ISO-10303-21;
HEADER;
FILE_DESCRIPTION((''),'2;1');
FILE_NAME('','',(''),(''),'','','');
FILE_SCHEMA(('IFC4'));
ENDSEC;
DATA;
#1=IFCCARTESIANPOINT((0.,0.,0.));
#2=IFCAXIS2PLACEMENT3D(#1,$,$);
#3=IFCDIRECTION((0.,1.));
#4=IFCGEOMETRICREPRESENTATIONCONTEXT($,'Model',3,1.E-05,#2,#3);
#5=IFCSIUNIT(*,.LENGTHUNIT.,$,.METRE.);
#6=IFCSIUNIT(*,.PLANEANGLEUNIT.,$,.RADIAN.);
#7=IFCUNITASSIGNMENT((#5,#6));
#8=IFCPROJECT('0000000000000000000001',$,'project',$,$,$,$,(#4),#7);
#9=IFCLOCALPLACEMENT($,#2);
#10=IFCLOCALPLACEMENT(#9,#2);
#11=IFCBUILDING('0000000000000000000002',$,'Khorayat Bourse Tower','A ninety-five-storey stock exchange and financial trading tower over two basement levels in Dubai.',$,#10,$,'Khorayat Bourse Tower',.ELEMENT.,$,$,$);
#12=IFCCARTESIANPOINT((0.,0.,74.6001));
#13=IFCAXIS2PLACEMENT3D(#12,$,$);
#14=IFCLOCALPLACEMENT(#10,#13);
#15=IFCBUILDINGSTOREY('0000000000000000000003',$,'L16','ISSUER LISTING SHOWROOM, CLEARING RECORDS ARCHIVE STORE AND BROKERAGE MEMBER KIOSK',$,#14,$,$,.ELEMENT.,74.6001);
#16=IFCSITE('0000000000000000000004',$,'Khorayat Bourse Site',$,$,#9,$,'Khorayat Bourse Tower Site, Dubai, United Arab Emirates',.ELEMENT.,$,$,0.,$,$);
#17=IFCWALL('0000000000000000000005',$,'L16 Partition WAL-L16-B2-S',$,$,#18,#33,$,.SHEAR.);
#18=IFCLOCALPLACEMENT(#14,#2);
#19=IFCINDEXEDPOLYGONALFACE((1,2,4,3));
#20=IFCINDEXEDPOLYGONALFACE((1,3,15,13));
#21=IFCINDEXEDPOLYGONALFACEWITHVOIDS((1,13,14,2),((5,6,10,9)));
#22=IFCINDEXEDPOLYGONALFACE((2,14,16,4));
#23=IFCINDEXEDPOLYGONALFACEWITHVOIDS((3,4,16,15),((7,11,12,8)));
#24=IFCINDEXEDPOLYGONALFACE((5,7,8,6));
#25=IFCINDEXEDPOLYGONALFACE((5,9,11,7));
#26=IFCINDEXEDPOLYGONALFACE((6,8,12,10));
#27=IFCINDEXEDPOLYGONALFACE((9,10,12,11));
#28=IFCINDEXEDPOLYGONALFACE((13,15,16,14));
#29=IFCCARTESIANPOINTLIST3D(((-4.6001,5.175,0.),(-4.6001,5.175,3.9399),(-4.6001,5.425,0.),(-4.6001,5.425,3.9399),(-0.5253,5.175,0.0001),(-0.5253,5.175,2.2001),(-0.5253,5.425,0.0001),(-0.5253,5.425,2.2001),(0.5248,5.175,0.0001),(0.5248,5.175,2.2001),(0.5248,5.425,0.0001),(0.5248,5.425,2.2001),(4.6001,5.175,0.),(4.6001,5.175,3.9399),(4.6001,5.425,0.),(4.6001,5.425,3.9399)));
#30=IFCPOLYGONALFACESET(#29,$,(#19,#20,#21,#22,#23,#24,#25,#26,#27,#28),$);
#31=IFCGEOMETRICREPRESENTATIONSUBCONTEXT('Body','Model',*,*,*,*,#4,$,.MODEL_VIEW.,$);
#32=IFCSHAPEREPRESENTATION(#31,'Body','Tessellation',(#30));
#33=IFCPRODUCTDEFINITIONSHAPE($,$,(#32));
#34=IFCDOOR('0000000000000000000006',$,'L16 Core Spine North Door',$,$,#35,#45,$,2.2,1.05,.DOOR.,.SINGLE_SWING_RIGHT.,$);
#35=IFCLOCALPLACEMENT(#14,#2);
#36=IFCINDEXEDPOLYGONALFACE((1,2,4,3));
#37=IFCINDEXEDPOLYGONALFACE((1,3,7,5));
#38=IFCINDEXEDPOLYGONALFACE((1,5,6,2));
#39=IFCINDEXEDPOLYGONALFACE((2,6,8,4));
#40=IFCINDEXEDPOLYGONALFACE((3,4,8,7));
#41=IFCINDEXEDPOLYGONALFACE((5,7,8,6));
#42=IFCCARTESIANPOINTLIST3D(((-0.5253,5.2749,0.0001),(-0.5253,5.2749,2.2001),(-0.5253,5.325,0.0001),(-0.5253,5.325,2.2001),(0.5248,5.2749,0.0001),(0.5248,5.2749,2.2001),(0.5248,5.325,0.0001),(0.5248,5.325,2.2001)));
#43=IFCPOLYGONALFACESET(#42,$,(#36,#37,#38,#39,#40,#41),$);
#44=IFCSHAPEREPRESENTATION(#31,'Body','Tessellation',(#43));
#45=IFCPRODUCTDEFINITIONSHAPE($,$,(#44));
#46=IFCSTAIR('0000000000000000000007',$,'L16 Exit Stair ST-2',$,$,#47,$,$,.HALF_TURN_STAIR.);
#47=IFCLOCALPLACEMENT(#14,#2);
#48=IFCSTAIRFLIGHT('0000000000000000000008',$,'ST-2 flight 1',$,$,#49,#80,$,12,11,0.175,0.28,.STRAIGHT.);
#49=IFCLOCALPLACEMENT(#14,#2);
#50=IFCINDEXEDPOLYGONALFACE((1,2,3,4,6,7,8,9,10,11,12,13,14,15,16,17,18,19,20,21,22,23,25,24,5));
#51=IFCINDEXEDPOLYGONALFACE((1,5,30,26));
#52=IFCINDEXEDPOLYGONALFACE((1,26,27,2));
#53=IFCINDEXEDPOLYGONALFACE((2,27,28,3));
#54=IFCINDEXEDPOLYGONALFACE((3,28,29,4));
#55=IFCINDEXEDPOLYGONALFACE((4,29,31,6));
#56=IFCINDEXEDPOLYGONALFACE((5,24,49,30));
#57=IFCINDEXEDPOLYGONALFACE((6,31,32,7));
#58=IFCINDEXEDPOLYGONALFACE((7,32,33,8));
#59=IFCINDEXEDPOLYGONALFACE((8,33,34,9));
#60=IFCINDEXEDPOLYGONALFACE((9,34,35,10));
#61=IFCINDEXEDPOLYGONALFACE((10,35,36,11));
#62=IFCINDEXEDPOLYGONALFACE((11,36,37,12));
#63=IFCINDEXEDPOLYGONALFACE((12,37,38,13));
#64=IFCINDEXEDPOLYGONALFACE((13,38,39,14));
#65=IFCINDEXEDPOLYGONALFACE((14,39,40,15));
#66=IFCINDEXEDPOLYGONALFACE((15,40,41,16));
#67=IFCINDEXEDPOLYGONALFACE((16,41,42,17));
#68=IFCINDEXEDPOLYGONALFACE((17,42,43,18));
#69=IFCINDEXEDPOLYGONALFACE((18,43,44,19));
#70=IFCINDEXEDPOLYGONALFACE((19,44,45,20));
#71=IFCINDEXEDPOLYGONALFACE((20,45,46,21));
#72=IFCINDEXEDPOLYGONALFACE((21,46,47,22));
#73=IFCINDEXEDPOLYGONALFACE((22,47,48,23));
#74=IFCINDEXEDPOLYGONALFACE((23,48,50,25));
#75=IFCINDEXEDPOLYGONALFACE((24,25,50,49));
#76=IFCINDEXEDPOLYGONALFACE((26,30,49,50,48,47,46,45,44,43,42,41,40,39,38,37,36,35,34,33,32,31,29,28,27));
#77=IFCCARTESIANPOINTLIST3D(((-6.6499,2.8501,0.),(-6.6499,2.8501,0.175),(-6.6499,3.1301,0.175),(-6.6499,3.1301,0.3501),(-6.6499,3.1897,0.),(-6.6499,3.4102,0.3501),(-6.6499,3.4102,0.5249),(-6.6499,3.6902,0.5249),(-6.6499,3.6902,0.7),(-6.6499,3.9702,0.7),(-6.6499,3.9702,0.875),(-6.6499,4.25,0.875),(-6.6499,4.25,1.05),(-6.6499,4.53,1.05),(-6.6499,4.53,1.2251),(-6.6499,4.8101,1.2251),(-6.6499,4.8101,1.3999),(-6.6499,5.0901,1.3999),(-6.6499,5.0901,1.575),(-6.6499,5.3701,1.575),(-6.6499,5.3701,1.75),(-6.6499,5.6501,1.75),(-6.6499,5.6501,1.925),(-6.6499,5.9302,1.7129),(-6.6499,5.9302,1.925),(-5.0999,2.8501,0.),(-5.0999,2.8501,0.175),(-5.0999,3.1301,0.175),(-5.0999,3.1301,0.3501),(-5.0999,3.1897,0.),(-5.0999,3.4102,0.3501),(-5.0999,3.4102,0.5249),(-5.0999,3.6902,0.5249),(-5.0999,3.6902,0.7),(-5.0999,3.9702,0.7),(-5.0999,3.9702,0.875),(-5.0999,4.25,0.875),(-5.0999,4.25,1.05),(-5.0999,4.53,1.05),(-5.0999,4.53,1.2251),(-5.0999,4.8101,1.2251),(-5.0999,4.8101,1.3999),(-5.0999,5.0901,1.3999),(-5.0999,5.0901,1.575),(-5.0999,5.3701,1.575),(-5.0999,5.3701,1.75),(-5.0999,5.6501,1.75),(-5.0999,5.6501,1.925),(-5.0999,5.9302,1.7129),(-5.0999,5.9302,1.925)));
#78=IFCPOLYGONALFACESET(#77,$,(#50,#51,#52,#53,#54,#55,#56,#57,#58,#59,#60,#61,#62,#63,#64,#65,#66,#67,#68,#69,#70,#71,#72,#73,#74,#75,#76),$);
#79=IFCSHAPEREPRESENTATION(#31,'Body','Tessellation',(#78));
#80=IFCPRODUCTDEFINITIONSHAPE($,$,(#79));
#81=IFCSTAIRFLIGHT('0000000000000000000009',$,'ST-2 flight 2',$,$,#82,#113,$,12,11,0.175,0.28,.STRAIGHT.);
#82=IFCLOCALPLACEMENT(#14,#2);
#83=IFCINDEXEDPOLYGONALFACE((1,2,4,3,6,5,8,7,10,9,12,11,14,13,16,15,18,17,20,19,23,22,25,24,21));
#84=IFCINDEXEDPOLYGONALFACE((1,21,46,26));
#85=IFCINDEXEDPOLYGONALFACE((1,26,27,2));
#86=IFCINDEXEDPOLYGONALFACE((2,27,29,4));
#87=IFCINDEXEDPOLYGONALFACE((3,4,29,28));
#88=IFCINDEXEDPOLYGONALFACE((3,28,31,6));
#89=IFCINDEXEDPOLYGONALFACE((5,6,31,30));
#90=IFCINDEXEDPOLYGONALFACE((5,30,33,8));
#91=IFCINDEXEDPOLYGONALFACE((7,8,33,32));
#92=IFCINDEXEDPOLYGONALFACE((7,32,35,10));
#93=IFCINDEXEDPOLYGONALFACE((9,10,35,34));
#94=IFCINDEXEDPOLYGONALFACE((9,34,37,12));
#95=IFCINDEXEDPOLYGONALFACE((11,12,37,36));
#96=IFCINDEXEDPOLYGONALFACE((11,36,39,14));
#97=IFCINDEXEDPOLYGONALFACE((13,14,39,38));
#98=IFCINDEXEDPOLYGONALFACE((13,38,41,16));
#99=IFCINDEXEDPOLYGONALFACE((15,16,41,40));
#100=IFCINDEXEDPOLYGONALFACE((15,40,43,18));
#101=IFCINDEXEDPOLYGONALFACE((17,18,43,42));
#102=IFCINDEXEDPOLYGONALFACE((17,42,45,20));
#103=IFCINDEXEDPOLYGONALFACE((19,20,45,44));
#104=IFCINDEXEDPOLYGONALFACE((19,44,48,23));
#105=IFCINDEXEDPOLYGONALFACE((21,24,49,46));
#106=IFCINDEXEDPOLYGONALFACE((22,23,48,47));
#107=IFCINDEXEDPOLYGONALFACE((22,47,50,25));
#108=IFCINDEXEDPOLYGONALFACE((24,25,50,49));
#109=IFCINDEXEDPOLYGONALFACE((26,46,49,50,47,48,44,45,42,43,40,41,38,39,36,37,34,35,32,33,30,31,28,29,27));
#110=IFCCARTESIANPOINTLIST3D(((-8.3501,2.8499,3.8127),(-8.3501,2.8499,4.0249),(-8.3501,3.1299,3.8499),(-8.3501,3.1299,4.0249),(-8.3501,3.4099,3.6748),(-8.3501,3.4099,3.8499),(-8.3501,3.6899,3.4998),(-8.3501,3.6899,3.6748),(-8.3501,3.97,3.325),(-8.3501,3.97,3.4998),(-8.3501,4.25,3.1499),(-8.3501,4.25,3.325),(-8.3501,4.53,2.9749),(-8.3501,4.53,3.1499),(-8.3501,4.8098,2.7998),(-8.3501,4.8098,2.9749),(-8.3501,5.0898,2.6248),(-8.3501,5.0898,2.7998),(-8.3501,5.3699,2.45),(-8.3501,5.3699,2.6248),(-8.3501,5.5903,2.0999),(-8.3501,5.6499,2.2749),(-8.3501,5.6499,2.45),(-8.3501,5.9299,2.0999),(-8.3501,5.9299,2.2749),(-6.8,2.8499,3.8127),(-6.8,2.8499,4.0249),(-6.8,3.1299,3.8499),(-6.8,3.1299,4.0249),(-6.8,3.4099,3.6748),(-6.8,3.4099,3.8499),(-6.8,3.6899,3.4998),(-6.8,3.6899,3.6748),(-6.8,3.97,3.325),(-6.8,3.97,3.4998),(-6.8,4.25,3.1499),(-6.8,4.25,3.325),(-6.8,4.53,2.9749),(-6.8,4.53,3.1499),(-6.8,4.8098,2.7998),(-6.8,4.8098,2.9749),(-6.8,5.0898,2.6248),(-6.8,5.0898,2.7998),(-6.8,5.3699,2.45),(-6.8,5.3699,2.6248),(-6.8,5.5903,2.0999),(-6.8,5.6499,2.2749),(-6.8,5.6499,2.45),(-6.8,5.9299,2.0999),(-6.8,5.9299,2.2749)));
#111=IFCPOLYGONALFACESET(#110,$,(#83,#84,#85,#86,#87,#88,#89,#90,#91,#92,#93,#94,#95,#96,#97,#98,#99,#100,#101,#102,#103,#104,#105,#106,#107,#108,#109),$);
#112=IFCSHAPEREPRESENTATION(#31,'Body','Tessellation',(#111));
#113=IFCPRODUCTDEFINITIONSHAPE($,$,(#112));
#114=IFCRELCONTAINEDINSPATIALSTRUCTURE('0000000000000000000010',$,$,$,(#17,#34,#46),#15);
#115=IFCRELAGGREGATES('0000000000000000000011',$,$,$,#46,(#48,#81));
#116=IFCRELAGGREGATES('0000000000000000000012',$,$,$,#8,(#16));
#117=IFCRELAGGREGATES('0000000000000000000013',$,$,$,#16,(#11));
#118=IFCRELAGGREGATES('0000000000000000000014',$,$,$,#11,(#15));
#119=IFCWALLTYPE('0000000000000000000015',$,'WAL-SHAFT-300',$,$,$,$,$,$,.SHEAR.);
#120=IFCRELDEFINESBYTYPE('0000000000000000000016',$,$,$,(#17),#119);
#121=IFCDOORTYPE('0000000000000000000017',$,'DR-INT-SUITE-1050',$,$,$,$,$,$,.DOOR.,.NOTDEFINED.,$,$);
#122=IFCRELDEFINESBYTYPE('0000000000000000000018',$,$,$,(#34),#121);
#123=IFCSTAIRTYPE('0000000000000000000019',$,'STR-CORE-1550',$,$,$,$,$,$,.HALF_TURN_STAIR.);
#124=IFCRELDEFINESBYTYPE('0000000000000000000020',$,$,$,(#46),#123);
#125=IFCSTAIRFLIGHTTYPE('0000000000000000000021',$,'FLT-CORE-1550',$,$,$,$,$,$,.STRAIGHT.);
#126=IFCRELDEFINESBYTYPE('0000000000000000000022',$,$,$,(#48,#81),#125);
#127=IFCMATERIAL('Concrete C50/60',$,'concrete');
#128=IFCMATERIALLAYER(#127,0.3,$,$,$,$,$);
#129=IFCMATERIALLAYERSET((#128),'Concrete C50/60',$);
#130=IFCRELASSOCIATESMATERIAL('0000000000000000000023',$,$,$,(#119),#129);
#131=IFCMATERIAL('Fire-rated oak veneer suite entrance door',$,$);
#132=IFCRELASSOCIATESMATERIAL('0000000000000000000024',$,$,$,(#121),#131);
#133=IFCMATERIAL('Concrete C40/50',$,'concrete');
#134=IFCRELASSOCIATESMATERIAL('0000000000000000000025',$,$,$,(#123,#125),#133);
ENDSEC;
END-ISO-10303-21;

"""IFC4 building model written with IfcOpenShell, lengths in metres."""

from ifc_helpers import new_model, si_unit, direction, frame, frame_2d, origin, place, context, subcontext, project, spatial, polyline, rectangle, outline, extrude, source, transform, mapped, material, layer, layer_set, type_object, element, fill, aggregate, save


model = new_model("IFC4")

# Units and contexts
model_context = context("Model", 3, precision=1e-05, world=origin(), true_north=direction((0.0, 1.0)))
body_context = subcontext(model_context, "Body", "Model", "MODEL_VIEW")
ifc_project = project(units=[si_unit("LENGTHUNIT", "METRE"), si_unit("PLANEANGLEUNIT", "RADIAN")], contexts=[model_context])

# Site, building, storey
site_placement = place(None, origin())
site = spatial("IfcSite", under=ifc_project, at=site_placement, Name="Khorayat Bourse Site", LongName="Khorayat Bourse Tower Site, Dubai, United Arab Emirates", CompositionType="ELEMENT", RefElevation=0.0)
building_placement = place(site_placement, origin())
building = spatial("IfcBuilding", under=site, at=building_placement, Name="Khorayat Bourse Tower", Description="A ninety-five-storey stock exchange and financial trading tower over two basement levels in Dubai.", LongName="Khorayat Bourse Tower", CompositionType="ELEMENT")
storey_placement = place(building_placement, frame((0.0, 0.0, 74.6001)))
storey = spatial("IfcBuildingStorey", under=building, at=storey_placement, Name="L16", Description="ISSUER LISTING SHOWROOM, CLEARING RECORDS ARCHIVE STORE AND BROKERAGE MEMBER KIOSK", CompositionType="ELEMENT", Elevation=74.6001)

# Shared definitions
ifc_material_1 = material(Name="Concrete C50/60", Category="concrete")
ifc_layer_1 = layer(ifc_material_1, 0.3)
ifc_layer_set_1 = layer_set([ifc_layer_1], Name="Concrete C50/60")
wall_type_1 = type_object("IfcWallType", Name="WAL-SHAFT-300", PredefinedType="SHEAR", material=ifc_layer_set_1)

# Wall, opening, door
shared_shape_1 = source(origin(), body_context, "Body", "SweptSolid", [
    extrude(rectangle(XDim=9.2002, YDim=0.25, at=frame_2d((4.6001, 0.0))), origin(), (0.0, 0.0, 1.0), 3.9399),
])
wall_1_placement = place(storey_placement, frame((-4.6001, 5.3, 0.0), z_axis=(0.0, 0.0, 1.0), x_axis=(1.0, 0.0, 0.0)))
wall_1 = element("IfcWall", 1, at=wall_1_placement, inside=storey, type_object=wall_type_1, Name="L16 Partition WAL-L16-B2-S", PredefinedType="SHEAR", context=body_context, shape_type="MappedRepresentation", body=[
    mapped(shared_shape_1, transform((0.0, 0.0, 0.0), scale=1.0)),
])
shared_shape_2 = source(origin(), body_context, "Body", "SweptSolid", [
    extrude(rectangle(XDim=1.05, YDim=2.2, at=frame_2d((0.5249, 1.1001))), frame((0.0, 0.135, 0.0), z_axis=(0.0, -1.0, 0.0), x_axis=(1.0, 0.0, 0.0)), (0.0, 0.0, 1.0), 0.27),
])
opening_placement = place(wall_1_placement, frame((4.075, 0.0, 0.0)))
opening = element("IfcOpeningElement", 2, at=opening_placement, cuts=wall_1, PredefinedType="OPENING", context=body_context, shape_type="MappedRepresentation", body=[
    mapped(shared_shape_2, transform((0.0, 0.0, 0.0), scale=1.0)),
])
ifc_material_2 = material(Name="Fire-rated oak veneer suite entrance door")
door_type = type_object("IfcDoorType", Name="DR-INT-SUITE-1050", OperationType="NOTDEFINED", PredefinedType="DOOR", material=ifc_material_2)
shared_shape_3 = source(origin(), body_context, "Body", "SweptSolid", [
    extrude(rectangle(XDim=1.05, YDim=2.2, at=frame_2d((0.5249, 1.1001))), frame((0.0, 0.0249, 0.0), z_axis=(0.0, -1.0, 0.0), x_axis=(1.0, 0.0, 0.0)), (0.0, 0.0, 1.0), 0.05),
])
door_placement = place(opening_placement, origin())
door = element("IfcDoor", 3, at=door_placement, inside=storey, type_object=door_type, Name="L16 Core Spine North Door", OperationType="SINGLE_SWING_RIGHT", OverallHeight=2.2, OverallWidth=1.05, PredefinedType="DOOR", context=body_context, shape_type="MappedRepresentation", body=[
    mapped(shared_shape_3, transform((0.0, 0.0, 0.0), scale=1.0)),
])
fill(opening, door)

# Stair, stair flights
ifc_material_3 = material(Name="Concrete C40/50", Category="concrete")
stair_type = type_object("IfcStairType", Name="STR-CORE-1550", PredefinedType="HALF_TURN_STAIR", material=ifc_material_3)
stair_placement = place(storey_placement, origin())
stair = element("IfcStair", 4, at=stair_placement, inside=storey, type_object=stair_type, Name="L16 Exit Stair ST-2", PredefinedType="HALF_TURN_STAIR")
stair_flight_type = type_object("IfcStairFlightType", Name="FLT-CORE-1550", PredefinedType="STRAIGHT", material=ifc_material_3)
shared_shape_4 = source(origin(), body_context, "Body", "SweptSolid", [
    extrude(outline(polyline([(0.0, 0.0), (0.0, 0.175), (0.28, 0.175), (0.28, 0.3501), (0.5601, 0.3501), (0.5601, 0.5249), (0.8401, 0.5249), (0.8401, 0.7), (1.1201, 0.7), (1.1201, 0.875), (1.3999, 0.875), (1.3999, 1.05), (1.6799, 1.05), (1.6799, 1.2251), (1.96, 1.2251), (1.96, 1.3999), (2.24, 1.3999), (2.24, 1.575), (2.52, 1.575), (2.52, 1.75), (2.8, 1.75), (2.8, 1.925), (3.0801, 1.925), (3.0801, 2.1001), (3.0801, 1.7129), (0.3396, 0.0), (0.0, 0.0)])), frame((0.0, 0.7749, 0.0), z_axis=(0.0, -1.0, 0.0), x_axis=(1.0, 0.0, 0.0)), (0.0, 0.0, 1.0), 1.55),
])
stair_flight_1_placement = place(storey_placement, frame((-5.875, 2.8501, 0.0), z_axis=(0.0, 0.0, 1.0), x_axis=(0.0, 1.0, 0.0)))
stair_flight_1 = element("IfcStairFlight", 5, at=stair_flight_1_placement, type_object=stair_flight_type, Name="ST-2 flight 1", NumberOfRisers=12, NumberOfTreads=11, PredefinedType="STRAIGHT", RiserHeight=0.175, TreadLength=0.28, context=body_context, shape_type="MappedRepresentation", body=[
    mapped(shared_shape_4, transform((0.0, 0.0, 0.0), scale=1.0)),
])
stair_flight_2_placement = place(storey_placement, frame((-7.575, 5.9299, 2.0999), z_axis=(0.0, 0.0, 1.0), x_axis=(0.0, -1.0, 0.0)))
stair_flight_2 = element("IfcStairFlight", 6, at=stair_flight_2_placement, type_object=stair_flight_type, Name="ST-2 flight 2", NumberOfRisers=12, NumberOfTreads=11, PredefinedType="STRAIGHT", RiserHeight=0.175, TreadLength=0.28, context=body_context, shape_type="MappedRepresentation", body=[
    mapped(shared_shape_4, transform((0.0, 0.0, 0.0), scale=1.0)),
])
aggregate(stair, [stair_flight_1, stair_flight_2])

save(model, "model.ifc")
